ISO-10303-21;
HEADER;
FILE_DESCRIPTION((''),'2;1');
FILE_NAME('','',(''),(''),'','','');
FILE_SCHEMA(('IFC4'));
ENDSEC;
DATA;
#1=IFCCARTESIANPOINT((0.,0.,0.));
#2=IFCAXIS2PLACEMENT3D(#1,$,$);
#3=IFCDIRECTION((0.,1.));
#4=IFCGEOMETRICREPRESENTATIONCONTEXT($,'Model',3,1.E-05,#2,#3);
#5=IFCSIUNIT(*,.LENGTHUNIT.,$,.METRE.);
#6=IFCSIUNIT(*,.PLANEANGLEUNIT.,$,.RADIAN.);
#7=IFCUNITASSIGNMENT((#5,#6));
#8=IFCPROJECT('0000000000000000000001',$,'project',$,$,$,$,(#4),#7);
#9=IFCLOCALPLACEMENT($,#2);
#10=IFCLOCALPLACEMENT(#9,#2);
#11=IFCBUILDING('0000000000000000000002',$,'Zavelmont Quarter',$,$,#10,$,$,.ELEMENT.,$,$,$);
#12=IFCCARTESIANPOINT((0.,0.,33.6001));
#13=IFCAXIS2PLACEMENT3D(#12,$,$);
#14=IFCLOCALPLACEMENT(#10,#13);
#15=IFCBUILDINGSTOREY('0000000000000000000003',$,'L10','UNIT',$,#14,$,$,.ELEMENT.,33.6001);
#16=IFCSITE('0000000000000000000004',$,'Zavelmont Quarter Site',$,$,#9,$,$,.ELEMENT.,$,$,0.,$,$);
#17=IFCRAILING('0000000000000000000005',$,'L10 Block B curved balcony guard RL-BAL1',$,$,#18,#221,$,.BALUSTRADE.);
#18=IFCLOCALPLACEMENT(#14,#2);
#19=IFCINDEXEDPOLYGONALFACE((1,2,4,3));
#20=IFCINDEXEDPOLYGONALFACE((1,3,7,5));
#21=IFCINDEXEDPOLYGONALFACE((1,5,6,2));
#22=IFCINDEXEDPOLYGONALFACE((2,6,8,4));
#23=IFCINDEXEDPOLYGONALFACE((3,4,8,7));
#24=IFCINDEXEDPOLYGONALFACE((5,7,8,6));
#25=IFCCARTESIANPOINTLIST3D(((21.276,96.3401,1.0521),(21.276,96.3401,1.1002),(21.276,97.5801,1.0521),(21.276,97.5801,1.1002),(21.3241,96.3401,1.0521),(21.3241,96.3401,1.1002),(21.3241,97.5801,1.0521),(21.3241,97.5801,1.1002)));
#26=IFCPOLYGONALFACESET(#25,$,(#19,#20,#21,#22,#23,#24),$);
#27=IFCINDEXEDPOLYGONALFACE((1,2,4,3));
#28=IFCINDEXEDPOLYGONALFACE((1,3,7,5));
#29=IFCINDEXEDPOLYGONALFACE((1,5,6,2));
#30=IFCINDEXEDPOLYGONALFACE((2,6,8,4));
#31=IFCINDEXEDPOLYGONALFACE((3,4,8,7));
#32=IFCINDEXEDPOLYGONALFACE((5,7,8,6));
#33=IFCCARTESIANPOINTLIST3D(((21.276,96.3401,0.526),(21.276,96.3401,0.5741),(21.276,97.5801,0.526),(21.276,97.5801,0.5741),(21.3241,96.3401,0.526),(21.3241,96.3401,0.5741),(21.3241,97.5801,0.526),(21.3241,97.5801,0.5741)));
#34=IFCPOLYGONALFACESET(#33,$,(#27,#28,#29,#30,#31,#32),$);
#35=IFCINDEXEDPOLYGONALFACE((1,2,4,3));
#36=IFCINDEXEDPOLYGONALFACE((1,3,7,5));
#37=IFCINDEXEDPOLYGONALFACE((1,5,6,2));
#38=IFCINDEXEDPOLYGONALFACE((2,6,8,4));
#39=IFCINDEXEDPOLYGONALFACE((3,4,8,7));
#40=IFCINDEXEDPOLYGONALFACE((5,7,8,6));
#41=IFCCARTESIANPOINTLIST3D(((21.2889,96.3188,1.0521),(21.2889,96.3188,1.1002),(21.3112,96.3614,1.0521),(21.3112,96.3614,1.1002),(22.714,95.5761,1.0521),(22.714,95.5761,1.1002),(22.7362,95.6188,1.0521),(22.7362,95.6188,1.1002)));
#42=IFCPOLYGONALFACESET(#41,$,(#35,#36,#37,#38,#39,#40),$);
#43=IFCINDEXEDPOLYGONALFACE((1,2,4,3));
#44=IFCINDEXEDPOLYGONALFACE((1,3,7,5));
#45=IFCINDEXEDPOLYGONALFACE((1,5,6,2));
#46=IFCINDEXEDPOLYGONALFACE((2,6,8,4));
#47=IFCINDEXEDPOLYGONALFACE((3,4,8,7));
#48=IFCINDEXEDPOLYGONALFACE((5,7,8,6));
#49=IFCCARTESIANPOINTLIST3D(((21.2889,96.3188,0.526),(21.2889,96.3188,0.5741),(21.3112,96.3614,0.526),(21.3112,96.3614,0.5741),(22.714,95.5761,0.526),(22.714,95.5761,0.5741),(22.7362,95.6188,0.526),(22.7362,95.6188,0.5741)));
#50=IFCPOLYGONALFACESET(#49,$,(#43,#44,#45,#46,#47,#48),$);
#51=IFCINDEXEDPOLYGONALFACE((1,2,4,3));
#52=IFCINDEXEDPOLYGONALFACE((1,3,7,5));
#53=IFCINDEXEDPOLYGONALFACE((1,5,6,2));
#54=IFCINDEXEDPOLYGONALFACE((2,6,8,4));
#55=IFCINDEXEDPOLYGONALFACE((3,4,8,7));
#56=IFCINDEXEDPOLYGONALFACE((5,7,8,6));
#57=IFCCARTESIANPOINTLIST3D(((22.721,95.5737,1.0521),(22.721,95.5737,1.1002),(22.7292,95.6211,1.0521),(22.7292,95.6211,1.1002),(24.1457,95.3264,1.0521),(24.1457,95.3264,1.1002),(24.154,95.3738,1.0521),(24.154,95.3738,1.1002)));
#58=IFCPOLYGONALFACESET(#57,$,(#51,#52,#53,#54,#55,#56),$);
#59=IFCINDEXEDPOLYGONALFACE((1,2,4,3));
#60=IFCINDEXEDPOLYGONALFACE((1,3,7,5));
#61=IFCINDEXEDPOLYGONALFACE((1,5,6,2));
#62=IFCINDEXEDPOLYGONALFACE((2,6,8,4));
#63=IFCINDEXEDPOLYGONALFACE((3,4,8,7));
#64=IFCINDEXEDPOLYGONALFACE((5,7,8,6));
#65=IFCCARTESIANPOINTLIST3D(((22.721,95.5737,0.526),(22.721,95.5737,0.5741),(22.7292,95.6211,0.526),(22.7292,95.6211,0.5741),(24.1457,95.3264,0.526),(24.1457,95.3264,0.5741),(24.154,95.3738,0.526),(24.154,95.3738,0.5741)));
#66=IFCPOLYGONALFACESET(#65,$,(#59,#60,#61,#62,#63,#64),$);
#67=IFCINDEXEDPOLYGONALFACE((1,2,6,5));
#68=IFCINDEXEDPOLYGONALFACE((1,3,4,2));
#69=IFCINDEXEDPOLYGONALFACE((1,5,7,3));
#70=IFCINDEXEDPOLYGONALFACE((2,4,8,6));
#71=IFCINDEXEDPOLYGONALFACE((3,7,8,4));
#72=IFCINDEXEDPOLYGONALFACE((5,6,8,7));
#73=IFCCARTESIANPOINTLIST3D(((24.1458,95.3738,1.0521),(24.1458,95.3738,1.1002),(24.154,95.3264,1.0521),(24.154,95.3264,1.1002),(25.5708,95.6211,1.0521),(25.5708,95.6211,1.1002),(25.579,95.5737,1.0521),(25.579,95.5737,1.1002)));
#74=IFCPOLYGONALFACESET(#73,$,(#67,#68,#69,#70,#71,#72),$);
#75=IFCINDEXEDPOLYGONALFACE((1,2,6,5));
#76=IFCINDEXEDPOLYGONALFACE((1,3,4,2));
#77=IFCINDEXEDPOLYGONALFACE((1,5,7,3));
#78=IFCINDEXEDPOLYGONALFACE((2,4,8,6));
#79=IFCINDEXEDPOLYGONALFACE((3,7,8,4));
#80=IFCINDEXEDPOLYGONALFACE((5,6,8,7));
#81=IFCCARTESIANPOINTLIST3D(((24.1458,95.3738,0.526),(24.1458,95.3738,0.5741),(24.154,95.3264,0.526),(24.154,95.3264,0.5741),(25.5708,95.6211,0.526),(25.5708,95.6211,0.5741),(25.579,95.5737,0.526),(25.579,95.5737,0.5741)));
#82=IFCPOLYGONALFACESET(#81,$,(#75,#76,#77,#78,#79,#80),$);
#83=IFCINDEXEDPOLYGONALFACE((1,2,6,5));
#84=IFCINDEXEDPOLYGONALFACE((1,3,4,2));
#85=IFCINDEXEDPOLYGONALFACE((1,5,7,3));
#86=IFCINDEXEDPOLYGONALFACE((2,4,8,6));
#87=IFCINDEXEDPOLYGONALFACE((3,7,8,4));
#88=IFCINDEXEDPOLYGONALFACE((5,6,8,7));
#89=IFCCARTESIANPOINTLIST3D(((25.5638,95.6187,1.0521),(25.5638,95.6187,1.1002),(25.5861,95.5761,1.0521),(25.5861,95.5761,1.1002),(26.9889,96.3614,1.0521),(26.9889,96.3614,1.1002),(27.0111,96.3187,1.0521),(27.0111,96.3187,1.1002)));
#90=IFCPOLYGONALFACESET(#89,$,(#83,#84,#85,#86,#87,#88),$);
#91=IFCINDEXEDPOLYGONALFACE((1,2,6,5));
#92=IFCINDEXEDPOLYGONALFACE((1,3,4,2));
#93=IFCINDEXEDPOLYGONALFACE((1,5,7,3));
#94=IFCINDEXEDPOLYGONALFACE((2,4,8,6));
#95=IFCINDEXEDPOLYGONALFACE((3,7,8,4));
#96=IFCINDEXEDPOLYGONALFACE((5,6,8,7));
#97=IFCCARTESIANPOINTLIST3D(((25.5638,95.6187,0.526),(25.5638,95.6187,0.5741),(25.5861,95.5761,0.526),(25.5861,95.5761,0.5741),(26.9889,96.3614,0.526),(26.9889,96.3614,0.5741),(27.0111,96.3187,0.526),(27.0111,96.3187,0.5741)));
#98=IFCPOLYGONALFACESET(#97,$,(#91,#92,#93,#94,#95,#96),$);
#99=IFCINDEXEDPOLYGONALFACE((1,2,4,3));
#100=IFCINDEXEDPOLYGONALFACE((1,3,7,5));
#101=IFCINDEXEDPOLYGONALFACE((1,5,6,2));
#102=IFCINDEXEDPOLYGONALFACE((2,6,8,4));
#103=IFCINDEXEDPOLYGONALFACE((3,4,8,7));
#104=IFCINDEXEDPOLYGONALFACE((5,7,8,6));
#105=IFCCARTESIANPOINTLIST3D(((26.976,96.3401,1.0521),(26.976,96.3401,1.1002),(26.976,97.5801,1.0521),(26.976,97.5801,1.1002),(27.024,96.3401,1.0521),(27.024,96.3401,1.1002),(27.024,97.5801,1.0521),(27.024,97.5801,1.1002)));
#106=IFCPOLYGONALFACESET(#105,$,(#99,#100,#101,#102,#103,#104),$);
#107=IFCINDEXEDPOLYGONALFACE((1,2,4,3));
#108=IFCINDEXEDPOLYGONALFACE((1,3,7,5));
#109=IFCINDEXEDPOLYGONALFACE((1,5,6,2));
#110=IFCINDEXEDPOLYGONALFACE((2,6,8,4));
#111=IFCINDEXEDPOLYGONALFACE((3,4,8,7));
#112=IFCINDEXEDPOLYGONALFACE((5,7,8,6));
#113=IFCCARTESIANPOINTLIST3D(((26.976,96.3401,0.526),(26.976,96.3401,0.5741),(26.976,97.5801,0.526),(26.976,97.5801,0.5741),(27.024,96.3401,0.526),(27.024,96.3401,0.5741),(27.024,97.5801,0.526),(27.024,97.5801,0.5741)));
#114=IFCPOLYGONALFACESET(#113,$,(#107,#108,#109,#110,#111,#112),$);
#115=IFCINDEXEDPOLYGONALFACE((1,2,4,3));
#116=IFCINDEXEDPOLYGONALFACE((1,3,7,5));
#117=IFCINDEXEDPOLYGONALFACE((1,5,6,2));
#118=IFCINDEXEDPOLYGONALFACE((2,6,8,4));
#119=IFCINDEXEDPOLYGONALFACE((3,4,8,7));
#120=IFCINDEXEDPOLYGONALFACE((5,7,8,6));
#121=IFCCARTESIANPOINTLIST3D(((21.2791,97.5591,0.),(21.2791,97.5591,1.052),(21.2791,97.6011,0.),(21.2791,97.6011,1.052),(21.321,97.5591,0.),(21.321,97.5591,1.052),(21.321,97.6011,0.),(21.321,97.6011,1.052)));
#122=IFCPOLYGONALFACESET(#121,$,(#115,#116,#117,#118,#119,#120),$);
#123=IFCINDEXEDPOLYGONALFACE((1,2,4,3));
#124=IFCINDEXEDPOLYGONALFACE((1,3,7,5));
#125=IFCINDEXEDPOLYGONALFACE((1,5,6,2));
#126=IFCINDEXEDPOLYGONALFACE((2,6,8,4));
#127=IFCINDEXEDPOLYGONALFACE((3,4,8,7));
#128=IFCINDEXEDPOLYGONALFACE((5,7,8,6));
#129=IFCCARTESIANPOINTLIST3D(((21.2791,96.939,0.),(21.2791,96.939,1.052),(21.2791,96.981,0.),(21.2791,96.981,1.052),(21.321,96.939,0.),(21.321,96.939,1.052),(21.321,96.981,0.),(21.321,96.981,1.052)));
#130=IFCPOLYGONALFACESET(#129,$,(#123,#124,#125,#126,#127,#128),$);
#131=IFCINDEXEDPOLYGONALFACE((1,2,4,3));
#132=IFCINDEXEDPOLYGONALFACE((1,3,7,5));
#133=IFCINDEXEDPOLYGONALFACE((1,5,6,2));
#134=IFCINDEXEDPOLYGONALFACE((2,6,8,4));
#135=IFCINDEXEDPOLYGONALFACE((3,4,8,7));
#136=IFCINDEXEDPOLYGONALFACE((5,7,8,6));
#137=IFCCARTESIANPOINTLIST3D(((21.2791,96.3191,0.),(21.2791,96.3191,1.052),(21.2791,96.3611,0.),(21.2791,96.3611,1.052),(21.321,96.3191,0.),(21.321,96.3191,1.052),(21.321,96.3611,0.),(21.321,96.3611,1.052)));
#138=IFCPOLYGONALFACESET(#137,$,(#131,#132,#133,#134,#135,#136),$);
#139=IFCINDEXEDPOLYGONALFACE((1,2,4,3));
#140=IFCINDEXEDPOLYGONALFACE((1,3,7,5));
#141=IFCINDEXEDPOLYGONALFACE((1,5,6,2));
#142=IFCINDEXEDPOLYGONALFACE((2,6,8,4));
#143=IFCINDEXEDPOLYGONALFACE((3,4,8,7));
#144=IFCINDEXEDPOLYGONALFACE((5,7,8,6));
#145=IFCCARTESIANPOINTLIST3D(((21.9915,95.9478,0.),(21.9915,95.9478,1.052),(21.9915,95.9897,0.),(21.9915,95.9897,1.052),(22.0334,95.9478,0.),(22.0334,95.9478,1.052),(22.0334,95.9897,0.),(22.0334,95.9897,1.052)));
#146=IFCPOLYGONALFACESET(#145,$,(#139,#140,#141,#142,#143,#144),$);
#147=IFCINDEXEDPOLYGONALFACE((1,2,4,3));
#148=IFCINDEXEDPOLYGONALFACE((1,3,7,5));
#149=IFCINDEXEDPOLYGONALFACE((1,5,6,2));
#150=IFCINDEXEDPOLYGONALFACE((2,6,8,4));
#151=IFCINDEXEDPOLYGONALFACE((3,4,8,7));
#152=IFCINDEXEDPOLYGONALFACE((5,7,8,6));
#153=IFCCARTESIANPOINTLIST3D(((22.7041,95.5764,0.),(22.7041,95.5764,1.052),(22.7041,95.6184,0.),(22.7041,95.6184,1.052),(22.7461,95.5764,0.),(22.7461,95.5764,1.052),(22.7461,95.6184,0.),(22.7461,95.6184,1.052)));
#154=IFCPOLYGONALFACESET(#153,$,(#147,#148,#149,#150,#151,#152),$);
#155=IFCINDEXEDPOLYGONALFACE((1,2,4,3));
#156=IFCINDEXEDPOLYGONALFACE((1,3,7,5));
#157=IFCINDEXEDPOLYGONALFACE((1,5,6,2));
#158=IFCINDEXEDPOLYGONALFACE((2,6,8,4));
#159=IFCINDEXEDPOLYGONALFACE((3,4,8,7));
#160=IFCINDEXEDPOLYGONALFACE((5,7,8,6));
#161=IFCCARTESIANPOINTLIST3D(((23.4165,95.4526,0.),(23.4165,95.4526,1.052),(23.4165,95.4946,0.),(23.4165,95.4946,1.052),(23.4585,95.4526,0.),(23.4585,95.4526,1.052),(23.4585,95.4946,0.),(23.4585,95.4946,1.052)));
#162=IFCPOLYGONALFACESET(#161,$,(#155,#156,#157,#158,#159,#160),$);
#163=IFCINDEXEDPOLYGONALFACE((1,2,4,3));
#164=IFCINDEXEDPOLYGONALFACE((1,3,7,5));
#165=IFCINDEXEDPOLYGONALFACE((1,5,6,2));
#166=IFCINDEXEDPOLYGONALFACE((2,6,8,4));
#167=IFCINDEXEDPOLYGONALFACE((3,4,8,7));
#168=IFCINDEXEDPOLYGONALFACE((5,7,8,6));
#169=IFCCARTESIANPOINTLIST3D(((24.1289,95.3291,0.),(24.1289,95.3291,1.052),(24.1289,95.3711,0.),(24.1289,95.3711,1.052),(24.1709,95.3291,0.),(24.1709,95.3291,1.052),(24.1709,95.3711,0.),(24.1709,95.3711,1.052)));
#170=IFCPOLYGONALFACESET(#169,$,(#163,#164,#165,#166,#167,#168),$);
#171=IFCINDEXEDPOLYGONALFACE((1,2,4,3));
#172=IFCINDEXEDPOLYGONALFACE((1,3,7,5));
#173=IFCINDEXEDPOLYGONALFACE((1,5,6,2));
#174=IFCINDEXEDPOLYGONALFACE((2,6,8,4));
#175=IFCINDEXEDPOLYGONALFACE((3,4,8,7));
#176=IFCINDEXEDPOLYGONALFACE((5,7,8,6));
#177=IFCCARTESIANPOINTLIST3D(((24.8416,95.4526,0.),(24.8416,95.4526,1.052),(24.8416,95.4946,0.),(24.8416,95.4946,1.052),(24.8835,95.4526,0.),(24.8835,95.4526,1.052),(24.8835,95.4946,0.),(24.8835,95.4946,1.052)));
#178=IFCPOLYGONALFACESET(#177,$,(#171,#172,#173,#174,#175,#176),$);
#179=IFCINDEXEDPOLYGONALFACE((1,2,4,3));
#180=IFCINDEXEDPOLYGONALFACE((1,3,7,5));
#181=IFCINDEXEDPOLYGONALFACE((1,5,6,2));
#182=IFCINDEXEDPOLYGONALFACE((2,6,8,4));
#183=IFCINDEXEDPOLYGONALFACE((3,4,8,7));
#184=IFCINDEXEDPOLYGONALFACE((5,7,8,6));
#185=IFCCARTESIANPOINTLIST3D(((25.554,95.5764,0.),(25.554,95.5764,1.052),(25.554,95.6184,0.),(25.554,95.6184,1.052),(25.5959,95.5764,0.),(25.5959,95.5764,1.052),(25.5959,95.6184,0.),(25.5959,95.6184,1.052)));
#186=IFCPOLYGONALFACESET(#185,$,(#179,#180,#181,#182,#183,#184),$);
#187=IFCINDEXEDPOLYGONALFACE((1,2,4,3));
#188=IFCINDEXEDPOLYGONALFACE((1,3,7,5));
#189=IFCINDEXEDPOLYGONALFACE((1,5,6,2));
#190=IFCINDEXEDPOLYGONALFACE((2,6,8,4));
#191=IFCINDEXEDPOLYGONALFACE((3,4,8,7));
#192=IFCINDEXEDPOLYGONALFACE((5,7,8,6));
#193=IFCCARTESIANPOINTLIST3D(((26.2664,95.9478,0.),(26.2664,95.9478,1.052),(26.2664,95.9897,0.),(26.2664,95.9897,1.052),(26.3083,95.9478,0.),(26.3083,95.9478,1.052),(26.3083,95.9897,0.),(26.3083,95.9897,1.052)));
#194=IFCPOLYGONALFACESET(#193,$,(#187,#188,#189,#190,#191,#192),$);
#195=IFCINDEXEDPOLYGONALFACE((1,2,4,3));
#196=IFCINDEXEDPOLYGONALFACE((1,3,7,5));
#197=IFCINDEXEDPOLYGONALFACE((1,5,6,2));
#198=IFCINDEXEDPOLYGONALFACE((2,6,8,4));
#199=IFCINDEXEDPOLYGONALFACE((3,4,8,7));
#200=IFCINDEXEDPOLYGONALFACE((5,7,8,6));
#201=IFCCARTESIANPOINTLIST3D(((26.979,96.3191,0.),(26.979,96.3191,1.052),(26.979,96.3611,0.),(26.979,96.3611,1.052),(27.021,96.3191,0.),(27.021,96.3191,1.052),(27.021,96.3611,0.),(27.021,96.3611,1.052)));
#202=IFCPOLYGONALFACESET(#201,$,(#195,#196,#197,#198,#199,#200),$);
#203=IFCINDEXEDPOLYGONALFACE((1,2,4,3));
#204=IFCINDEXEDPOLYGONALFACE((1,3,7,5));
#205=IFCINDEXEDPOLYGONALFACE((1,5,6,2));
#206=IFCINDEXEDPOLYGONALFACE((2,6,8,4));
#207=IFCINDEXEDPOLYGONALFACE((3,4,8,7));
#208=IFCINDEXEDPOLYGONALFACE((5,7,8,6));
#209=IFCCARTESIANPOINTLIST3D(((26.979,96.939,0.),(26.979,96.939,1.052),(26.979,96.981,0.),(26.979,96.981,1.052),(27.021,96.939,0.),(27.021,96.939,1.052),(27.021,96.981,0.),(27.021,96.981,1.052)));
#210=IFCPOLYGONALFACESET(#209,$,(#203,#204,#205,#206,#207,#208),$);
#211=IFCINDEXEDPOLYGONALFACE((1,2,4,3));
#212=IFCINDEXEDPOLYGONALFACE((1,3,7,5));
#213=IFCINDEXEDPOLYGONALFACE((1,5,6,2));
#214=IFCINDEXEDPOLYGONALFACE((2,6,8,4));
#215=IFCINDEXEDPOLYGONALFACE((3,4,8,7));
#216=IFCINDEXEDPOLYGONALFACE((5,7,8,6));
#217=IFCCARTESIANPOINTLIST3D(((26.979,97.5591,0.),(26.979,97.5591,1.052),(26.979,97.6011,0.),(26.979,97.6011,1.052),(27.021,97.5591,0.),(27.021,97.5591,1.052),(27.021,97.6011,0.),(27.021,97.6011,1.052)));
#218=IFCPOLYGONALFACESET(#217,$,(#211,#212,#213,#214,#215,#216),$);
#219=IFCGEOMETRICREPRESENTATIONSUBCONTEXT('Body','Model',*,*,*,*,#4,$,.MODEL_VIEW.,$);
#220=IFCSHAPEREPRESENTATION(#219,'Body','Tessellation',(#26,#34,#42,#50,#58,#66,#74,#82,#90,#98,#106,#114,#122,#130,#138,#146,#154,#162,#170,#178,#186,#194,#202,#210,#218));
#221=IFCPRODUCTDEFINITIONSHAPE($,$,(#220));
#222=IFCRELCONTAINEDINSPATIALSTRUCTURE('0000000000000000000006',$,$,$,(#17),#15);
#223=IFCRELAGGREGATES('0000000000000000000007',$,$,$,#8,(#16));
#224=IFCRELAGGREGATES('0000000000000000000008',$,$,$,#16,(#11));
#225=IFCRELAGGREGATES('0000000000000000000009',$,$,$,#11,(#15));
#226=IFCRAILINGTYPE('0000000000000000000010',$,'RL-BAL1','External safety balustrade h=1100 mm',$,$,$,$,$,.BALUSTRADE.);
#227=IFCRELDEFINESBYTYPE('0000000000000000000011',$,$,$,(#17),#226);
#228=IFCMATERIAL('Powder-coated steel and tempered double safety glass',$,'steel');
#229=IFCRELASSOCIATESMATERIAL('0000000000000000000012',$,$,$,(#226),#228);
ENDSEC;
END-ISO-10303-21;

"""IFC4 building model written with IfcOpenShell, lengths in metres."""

from ifc_helpers import new_model, si_unit, direction, frame, origin, origin_2d, place, context, subcontext, project, spatial, rectangle, extrude, material, type_object, element, save


model = new_model("IFC4")

# Units and contexts
model_context = context("Model", 3, precision=1e-05, world=origin(), true_north=direction((0.0, 1.0)))
body_context = subcontext(model_context, "Body", "Model", "MODEL_VIEW")
ifc_project = project(units=[si_unit("LENGTHUNIT", "METRE"), si_unit("PLANEANGLEUNIT", "RADIAN")], contexts=[model_context])

# Site, building, storey
site_placement = place(None, origin())
site = spatial("IfcSite", under=ifc_project, at=site_placement, Name="Zavelmont Quarter Site", CompositionType="ELEMENT", RefElevation=0.0)
building_placement = place(site_placement, origin())
building = spatial("IfcBuilding", under=site, at=building_placement, Name="Zavelmont Quarter", CompositionType="ELEMENT")
storey_placement = place(building_placement, frame((0.0, 0.0, 33.6001)))
storey = spatial("IfcBuildingStorey", under=building, at=storey_placement, Name="L10", Description="UNIT", CompositionType="ELEMENT", Elevation=33.6001)

# Railing
ifc_material_1 = material(Name="Powder-coated steel and tempered double safety glass", Category="steel")
railing_type = type_object("IfcRailingType", Name="RL-BAL1", Description="External safety balustrade h=1100 mm", PredefinedType="BALUSTRADE", material=ifc_material_1)
railing_placement = place(storey_placement, frame((21.3, 97.5801, 0.0)))
element("IfcRailing", 1, at=railing_placement, inside=storey, type_object=railing_type, Name="L10 Block B curved balcony guard RL-BAL1", PredefinedType="BALUSTRADE", context=body_context, shape_type="SweptSolid", body=[
    extrude(rectangle(XDim=0.0481, YDim=0.0481, at=origin_2d()), frame((0.0, 0.0, 1.0762), z_axis=(0.0, -1.0, 0.0), x_axis=(1.0, 0.0, 0.0)), (0.0, 0.0, 1.0), 1.24),
    extrude(rectangle(XDim=0.0481, YDim=0.0481, at=origin_2d()), frame((0.0, 0.0, 0.55), z_axis=(0.0, -1.0, 0.0), x_axis=(1.0, 0.0, 0.0)), (0.0, 0.0, 1.0), 1.24),
    extrude(rectangle(XDim=0.0481, YDim=0.0481, at=origin_2d()), frame((0.0, -1.24, 1.0762), z_axis=(0.886796, -0.462161, 0.0), x_axis=(0.462161, 0.886796, 0.0)), (0.0, 0.0, 1.0), 1.6069),
    extrude(rectangle(XDim=0.0481, YDim=0.0481, at=origin_2d()), frame((0.0, -1.24, 0.55), z_axis=(0.886796, -0.462161, 0.0), x_axis=(0.462161, 0.886796, 0.0)), (0.0, 0.0, 1.0), 1.6069),
    extrude(rectangle(XDim=0.0481, YDim=0.0481, at=origin_2d()), frame((1.425, -1.9827, 1.0762), z_axis=(0.985267, -0.171021, 0.0), x_axis=(0.171021, 0.985267, 0.0)), (0.0, 0.0, 1.0), 1.446),
    extrude(rectangle(XDim=0.0481, YDim=0.0481, at=origin_2d()), frame((1.425, -1.9827, 0.55), z_axis=(0.985267, -0.171021, 0.0), x_axis=(0.171021, 0.985267, 0.0)), (0.0, 0.0, 1.0), 1.446),
    extrude(rectangle(XDim=0.0481, YDim=0.0481, at=origin_2d()), frame((2.8499, -2.23, 1.0762), z_axis=(0.985272, 0.170992, 0.0), x_axis=(-0.170992, 0.985272, 0.0)), (0.0, 0.0, 1.0), 1.4463),
    extrude(rectangle(XDim=0.0481, YDim=0.0481, at=origin_2d()), frame((2.8499, -2.23, 0.55), z_axis=(0.985272, 0.170992, 0.0), x_axis=(-0.170992, 0.985272, 0.0)), (0.0, 0.0, 1.0), 1.4463),
    extrude(rectangle(XDim=0.0481, YDim=0.0481, at=origin_2d()), frame((4.2749, -1.9827, 1.0762), z_axis=(0.886796, 0.462161, 0.0), x_axis=(-0.462161, 0.886796, 0.0)), (0.0, 0.0, 1.0), 1.6069),
    extrude(rectangle(XDim=0.0481, YDim=0.0481, at=origin_2d()), frame((4.2749, -1.9827, 0.55), z_axis=(0.886796, 0.462161, 0.0), x_axis=(-0.462161, 0.886796, 0.0)), (0.0, 0.0, 1.0), 1.6069),
    extrude(rectangle(XDim=0.0481, YDim=0.0481, at=origin_2d()), frame((5.7, -1.24, 1.0762), z_axis=(0.0, 1.0, 0.0), x_axis=(-1.0, 0.0, 0.0)), (0.0, 0.0, 1.0), 1.24),
    extrude(rectangle(XDim=0.0481, YDim=0.0481, at=origin_2d()), frame((5.7, -1.24, 0.55), z_axis=(0.0, 1.0, 0.0), x_axis=(-1.0, 0.0, 0.0)), (0.0, 0.0, 1.0), 1.24),
    extrude(rectangle(XDim=0.042, YDim=0.042, at=origin_2d()), origin(), (0.0, 0.0, 1.0), 1.052),
    extrude(rectangle(XDim=0.042, YDim=0.042, at=origin_2d()), frame((0.0, -0.6201, 0.0)), (0.0, 0.0, 1.0), 1.052),
    extrude(rectangle(XDim=0.042, YDim=0.042, at=origin_2d()), frame((0.0, -1.24, 0.0)), (0.0, 0.0, 1.0), 1.052),
    extrude(rectangle(XDim=0.042, YDim=0.042, at=origin_2d()), frame((0.7124, -1.6113, 0.0)), (0.0, 0.0, 1.0), 1.052),
    extrude(rectangle(XDim=0.042, YDim=0.042, at=origin_2d()), frame((1.425, -1.9827, 0.0)), (0.0, 0.0, 1.0), 1.052),
    extrude(rectangle(XDim=0.042, YDim=0.042, at=origin_2d()), frame((2.1375, -2.1064, 0.0)), (0.0, 0.0, 1.0), 1.052),
    extrude(rectangle(XDim=0.042, YDim=0.042, at=origin_2d()), frame((2.8499, -2.23, 0.0)), (0.0, 0.0, 1.0), 1.052),
    extrude(rectangle(XDim=0.042, YDim=0.042, at=origin_2d()), frame((3.5625, -2.1064, 0.0)), (0.0, 0.0, 1.0), 1.052),
    extrude(rectangle(XDim=0.042, YDim=0.042, at=origin_2d()), frame((4.2749, -1.9827, 0.0)), (0.0, 0.0, 1.0), 1.052),
    extrude(rectangle(XDim=0.042, YDim=0.042, at=origin_2d()), frame((4.9873, -1.6113, 0.0)), (0.0, 0.0, 1.0), 1.052),
    extrude(rectangle(XDim=0.042, YDim=0.042, at=origin_2d()), frame((5.7, -1.24, 0.0)), (0.0, 0.0, 1.0), 1.052),
    extrude(rectangle(XDim=0.042, YDim=0.042, at=origin_2d()), frame((5.7, -0.6201, 0.0)), (0.0, 0.0, 1.0), 1.052),
    extrude(rectangle(XDim=0.042, YDim=0.042, at=origin_2d()), frame((5.7, 0.0, 0.0)), (0.0, 0.0, 1.0), 1.052),
])

save(model, "model.ifc")
